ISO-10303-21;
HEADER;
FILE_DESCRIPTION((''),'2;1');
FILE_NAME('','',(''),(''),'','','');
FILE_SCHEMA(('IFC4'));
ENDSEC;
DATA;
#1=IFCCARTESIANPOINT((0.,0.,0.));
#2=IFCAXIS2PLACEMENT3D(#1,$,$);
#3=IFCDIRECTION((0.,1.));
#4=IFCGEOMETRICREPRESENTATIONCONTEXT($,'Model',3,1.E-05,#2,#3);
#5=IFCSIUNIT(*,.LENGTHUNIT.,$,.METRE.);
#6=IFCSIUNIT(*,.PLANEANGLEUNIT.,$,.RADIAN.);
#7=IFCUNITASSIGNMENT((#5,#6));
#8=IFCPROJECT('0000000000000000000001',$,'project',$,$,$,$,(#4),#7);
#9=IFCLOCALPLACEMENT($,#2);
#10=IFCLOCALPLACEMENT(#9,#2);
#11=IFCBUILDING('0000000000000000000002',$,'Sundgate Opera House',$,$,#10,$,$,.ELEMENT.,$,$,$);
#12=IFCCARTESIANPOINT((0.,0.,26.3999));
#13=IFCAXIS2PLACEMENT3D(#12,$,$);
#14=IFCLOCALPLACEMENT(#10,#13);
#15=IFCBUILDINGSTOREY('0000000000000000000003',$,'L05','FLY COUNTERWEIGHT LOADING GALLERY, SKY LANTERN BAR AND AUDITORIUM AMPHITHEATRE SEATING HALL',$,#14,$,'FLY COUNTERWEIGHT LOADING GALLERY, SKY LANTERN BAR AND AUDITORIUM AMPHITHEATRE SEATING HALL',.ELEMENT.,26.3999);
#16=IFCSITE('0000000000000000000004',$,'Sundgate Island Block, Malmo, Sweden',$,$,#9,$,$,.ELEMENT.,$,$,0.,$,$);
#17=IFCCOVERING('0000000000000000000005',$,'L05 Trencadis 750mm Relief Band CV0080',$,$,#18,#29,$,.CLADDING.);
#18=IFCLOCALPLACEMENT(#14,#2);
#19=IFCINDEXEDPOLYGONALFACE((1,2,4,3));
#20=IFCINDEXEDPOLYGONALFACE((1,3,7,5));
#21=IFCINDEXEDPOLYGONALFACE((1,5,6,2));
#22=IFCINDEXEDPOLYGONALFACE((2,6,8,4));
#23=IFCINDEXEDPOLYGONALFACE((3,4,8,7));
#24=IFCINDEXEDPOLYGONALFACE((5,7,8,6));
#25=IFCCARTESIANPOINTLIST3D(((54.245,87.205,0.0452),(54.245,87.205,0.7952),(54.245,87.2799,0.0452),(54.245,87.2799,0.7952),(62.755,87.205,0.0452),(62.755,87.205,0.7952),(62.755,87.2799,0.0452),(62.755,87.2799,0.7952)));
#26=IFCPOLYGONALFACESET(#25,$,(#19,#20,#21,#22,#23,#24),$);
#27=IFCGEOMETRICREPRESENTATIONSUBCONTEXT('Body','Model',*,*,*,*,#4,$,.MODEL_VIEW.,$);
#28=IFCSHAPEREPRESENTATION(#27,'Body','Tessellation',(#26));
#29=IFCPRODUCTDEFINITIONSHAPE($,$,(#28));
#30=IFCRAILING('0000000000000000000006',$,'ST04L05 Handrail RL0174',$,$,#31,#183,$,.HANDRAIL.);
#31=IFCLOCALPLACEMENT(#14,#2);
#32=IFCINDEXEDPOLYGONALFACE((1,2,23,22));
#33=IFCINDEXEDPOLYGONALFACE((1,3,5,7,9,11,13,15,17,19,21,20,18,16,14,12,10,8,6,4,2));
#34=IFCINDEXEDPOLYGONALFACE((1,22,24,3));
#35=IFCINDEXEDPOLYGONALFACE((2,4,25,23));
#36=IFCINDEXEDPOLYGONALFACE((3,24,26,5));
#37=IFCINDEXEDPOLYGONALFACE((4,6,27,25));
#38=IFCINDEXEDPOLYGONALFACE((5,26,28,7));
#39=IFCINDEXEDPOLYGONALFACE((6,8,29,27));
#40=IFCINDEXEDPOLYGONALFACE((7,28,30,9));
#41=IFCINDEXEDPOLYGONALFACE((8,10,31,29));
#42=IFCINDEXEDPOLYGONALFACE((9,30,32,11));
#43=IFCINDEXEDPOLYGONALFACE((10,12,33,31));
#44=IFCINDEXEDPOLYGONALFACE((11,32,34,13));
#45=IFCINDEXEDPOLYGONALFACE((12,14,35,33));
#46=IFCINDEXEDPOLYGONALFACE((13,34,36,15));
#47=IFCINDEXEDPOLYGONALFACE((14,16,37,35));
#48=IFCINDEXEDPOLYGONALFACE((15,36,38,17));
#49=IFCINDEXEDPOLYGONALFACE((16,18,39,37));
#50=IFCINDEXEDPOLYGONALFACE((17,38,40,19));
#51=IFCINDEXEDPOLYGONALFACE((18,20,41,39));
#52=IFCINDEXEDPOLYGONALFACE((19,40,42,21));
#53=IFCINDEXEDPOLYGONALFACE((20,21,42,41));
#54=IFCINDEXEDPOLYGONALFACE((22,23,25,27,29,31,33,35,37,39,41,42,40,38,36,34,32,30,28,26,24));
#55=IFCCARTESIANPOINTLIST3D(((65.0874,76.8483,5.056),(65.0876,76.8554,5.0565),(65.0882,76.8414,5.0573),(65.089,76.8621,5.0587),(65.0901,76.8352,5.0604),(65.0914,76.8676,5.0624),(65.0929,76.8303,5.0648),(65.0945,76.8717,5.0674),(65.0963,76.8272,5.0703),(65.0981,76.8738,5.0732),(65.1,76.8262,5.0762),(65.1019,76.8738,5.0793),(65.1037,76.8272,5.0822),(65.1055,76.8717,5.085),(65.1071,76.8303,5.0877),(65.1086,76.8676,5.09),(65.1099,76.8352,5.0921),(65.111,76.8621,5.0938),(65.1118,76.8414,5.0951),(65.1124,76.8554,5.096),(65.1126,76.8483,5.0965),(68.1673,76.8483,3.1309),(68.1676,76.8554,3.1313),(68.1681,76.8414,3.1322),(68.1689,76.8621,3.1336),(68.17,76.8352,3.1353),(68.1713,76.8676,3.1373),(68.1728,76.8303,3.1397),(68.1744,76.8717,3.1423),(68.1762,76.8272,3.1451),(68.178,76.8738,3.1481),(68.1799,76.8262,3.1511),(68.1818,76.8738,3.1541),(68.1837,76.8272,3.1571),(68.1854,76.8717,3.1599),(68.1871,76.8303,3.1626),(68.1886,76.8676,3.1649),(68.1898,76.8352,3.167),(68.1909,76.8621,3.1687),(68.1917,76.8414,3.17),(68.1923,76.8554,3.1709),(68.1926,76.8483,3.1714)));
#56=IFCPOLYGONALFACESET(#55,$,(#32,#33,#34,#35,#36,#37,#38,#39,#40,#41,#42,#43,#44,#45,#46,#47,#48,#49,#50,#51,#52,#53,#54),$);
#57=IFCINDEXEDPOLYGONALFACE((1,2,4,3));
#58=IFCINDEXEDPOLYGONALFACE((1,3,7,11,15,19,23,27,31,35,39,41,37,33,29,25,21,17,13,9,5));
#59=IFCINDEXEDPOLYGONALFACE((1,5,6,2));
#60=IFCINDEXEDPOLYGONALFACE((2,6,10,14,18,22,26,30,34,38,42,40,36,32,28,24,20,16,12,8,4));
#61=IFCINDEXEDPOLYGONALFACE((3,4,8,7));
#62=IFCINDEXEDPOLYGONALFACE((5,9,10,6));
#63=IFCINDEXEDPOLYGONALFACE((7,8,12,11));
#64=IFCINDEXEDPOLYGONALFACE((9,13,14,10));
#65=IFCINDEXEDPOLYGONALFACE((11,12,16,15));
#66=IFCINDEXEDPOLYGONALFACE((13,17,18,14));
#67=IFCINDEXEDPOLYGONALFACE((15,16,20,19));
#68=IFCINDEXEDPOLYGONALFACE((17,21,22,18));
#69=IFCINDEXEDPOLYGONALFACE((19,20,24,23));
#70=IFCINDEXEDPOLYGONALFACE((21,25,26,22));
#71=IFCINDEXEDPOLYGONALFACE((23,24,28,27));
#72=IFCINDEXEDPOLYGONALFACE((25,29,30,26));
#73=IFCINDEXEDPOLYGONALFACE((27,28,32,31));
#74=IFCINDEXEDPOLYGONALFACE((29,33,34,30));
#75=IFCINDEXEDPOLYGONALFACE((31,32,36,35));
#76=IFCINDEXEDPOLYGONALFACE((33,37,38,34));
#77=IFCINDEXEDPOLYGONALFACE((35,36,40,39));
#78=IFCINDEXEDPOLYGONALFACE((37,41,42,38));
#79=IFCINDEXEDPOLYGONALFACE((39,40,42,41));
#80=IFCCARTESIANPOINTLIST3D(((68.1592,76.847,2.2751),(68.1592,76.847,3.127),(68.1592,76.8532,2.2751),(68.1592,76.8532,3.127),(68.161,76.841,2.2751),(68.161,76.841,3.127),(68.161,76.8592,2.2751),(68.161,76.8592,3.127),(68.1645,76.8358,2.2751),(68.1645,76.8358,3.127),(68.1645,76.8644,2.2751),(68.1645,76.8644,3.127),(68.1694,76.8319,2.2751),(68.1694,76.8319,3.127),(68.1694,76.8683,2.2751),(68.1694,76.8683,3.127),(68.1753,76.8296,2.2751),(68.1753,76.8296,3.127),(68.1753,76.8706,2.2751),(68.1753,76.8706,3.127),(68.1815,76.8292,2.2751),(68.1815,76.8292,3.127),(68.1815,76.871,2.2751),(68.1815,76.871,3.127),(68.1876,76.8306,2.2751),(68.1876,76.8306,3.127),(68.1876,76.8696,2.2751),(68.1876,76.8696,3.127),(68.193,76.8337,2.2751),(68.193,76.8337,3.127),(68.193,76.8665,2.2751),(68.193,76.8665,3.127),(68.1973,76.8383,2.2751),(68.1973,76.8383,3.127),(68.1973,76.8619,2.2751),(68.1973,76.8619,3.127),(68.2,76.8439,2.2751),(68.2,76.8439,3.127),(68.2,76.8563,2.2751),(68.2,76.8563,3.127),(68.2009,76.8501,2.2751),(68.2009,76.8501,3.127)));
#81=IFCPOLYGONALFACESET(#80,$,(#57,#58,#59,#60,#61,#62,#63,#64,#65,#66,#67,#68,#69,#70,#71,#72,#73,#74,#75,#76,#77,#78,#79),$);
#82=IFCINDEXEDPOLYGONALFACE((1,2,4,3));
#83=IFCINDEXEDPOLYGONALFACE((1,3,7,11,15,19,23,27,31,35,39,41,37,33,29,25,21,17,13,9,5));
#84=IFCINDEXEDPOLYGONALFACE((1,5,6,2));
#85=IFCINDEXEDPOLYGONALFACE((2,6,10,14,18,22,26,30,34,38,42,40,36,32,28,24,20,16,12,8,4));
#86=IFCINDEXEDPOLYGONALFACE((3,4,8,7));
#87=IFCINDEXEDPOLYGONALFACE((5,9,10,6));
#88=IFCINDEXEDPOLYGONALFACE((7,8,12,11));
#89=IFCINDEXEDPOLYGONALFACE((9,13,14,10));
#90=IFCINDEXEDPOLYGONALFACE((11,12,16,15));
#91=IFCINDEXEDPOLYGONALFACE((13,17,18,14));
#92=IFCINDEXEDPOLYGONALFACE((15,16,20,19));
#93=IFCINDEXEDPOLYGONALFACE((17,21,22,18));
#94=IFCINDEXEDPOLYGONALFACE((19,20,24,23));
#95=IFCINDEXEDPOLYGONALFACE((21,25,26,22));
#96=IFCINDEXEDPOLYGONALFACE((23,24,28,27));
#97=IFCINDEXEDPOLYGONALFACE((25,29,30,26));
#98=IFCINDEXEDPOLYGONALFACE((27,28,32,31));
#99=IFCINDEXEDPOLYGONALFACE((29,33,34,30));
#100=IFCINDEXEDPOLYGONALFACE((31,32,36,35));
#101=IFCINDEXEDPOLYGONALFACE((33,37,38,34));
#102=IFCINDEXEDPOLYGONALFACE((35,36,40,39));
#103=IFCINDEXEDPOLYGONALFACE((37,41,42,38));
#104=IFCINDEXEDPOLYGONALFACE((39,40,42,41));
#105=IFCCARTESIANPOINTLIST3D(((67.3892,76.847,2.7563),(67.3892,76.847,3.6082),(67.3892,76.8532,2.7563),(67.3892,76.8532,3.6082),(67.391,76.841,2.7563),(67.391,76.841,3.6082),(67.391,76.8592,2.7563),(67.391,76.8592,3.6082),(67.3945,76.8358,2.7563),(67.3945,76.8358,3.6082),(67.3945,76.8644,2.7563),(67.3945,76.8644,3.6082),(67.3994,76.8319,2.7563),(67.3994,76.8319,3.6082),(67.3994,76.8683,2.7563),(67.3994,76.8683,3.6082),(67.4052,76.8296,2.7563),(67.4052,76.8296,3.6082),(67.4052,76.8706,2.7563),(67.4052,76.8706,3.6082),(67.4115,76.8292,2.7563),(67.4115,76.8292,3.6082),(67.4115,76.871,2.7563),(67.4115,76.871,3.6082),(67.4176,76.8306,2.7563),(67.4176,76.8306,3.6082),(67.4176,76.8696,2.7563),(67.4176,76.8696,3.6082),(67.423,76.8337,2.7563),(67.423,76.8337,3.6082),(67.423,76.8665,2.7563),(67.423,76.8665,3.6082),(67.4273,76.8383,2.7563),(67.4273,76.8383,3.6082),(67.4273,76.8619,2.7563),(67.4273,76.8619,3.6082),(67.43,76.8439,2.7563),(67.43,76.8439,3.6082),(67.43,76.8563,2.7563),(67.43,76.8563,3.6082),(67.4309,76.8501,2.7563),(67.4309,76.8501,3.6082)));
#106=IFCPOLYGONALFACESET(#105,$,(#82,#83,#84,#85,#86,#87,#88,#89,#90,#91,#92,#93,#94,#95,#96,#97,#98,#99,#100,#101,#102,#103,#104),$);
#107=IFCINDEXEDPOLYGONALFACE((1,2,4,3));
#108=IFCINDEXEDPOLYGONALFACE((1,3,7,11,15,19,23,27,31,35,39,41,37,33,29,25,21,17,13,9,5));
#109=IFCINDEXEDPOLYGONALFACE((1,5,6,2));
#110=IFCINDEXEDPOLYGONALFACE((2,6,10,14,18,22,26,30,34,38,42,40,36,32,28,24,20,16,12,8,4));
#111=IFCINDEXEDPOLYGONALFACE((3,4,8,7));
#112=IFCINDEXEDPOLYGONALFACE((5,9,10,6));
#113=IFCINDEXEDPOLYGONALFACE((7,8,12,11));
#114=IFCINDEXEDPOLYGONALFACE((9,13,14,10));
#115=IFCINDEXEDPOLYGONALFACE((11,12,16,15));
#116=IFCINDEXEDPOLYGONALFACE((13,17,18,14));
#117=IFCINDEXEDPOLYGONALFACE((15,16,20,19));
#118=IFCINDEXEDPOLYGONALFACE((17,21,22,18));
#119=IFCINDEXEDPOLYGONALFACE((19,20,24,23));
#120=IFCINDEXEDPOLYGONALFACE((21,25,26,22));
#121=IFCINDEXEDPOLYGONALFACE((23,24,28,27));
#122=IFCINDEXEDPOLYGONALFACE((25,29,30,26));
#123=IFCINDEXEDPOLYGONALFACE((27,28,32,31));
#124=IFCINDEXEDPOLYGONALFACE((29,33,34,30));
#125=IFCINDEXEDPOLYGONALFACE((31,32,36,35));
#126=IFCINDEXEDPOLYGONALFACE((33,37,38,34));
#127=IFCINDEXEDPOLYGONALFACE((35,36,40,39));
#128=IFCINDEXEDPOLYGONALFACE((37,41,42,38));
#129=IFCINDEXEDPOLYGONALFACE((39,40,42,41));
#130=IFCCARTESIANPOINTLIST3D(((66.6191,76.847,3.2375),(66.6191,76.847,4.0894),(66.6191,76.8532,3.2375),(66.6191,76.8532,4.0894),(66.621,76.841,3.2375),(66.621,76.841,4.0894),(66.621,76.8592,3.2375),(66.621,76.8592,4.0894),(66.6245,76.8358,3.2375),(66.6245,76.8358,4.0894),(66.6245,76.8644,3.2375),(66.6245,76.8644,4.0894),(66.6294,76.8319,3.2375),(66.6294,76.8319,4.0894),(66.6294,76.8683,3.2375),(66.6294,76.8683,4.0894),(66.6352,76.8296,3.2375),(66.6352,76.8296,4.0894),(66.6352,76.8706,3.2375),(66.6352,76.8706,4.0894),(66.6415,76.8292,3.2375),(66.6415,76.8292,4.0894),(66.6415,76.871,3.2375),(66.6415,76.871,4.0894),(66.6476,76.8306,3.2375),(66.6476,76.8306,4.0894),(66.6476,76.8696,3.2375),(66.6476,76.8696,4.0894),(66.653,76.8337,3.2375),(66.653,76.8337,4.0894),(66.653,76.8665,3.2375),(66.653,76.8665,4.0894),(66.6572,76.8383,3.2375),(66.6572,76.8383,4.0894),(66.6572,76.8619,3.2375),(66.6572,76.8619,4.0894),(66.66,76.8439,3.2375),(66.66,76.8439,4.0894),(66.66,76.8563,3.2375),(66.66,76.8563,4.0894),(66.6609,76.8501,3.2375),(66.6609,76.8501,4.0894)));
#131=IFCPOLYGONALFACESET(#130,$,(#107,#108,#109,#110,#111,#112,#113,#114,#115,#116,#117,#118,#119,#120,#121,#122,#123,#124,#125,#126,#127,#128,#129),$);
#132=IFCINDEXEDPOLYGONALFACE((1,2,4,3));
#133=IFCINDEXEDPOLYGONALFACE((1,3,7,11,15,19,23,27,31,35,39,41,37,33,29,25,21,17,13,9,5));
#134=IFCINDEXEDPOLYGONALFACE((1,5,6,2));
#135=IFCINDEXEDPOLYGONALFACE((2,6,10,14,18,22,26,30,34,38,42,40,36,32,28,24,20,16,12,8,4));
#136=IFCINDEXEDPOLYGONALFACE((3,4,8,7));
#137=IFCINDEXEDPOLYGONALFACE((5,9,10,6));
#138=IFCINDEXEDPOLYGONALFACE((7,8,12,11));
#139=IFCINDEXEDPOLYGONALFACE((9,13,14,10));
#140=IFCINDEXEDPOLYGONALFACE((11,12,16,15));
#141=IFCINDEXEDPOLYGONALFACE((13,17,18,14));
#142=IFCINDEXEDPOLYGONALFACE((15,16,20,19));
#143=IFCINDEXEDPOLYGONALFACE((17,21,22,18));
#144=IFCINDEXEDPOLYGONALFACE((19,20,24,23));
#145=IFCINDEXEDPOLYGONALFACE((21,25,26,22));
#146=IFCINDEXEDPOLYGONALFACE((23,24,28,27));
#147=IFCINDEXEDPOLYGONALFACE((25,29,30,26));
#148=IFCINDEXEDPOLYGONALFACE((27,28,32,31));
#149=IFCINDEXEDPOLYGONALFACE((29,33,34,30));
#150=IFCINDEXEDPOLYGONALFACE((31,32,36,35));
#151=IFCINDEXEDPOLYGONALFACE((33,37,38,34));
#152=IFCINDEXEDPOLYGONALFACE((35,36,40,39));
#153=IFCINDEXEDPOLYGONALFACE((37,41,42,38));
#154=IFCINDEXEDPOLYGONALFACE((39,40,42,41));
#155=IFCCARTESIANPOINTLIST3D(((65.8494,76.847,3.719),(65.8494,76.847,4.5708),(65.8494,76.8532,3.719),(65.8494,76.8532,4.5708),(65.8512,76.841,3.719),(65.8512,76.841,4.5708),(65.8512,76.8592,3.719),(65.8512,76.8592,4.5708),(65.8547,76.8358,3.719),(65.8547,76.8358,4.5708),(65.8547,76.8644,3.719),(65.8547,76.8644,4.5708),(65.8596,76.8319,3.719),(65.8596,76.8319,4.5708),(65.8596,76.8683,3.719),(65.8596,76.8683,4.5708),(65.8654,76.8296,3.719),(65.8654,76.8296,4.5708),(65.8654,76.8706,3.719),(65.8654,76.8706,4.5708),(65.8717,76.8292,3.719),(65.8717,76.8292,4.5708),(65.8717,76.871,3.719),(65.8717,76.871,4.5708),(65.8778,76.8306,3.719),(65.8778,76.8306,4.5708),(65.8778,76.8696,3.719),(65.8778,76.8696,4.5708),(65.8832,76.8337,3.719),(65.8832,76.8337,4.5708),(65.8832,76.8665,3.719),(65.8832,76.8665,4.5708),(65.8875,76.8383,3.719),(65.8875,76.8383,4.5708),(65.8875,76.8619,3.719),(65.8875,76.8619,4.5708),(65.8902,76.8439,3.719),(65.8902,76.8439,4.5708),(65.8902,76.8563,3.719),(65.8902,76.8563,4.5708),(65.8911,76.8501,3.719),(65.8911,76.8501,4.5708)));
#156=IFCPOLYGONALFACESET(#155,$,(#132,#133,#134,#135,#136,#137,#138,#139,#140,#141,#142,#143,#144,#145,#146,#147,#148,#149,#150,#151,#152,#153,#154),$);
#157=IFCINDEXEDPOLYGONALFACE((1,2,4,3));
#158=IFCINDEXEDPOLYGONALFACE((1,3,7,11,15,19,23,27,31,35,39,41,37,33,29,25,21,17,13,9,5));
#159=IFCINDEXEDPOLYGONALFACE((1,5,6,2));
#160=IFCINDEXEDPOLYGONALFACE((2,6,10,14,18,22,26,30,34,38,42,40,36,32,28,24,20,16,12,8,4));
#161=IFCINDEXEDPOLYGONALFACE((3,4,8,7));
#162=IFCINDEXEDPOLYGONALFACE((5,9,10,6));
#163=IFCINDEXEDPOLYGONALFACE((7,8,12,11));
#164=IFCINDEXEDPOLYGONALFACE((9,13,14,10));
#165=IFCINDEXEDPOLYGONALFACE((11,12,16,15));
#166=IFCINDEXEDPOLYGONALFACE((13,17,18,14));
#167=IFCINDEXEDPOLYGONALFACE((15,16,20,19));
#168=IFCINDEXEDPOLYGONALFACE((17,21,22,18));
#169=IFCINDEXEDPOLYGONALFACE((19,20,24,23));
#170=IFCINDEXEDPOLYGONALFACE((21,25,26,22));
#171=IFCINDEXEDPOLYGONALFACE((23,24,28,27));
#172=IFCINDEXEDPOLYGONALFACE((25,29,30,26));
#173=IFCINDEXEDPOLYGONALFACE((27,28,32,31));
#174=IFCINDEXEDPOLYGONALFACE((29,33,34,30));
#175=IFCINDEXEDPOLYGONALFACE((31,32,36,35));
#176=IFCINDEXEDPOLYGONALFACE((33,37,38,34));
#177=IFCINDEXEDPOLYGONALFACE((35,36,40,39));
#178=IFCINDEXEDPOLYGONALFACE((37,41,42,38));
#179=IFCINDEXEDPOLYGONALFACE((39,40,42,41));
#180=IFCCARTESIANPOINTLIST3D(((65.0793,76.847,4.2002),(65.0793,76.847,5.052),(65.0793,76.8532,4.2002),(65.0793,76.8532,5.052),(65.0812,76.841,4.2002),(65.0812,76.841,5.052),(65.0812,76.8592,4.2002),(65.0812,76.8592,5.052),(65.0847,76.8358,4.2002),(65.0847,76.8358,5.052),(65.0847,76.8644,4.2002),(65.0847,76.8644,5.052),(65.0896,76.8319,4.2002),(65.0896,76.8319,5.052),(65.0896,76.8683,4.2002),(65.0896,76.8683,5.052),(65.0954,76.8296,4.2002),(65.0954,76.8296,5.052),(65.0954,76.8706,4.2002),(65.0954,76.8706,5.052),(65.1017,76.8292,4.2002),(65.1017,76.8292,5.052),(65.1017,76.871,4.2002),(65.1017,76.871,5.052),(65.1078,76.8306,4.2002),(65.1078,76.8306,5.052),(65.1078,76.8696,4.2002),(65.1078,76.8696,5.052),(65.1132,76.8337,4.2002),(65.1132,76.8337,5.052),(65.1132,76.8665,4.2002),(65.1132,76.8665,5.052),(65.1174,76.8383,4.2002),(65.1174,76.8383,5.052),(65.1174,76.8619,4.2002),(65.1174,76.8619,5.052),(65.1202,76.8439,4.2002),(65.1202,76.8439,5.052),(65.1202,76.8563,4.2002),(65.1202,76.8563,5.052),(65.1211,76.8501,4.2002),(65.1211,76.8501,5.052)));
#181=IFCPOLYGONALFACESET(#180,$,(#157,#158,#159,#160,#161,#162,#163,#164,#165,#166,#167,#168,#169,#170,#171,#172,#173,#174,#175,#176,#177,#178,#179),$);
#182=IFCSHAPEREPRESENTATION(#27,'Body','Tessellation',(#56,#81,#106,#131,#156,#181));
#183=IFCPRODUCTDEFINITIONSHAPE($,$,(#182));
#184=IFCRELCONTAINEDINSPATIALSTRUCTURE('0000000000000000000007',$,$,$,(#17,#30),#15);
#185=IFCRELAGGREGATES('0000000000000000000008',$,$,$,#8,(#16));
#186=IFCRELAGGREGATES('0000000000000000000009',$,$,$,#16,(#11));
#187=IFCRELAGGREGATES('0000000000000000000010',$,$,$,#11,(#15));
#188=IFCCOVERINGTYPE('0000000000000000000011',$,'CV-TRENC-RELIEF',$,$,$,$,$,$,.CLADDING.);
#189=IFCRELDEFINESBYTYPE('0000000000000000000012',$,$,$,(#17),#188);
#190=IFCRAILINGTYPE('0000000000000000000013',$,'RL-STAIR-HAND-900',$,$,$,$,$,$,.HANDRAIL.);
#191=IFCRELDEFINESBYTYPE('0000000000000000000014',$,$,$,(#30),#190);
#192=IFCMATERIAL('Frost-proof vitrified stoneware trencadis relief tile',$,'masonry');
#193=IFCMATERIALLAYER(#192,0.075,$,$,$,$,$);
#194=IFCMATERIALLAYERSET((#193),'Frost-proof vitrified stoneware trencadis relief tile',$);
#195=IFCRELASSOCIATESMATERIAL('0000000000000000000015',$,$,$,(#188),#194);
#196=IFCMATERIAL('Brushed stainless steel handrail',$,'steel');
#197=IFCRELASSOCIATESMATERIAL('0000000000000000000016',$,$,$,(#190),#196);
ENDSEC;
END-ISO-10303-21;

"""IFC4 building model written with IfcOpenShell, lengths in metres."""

from ifc_helpers import new_model, si_unit, direction, frame, origin, origin_2d, place, context, subcontext, project, spatial, rectangle, circle, extrude, material, layer, layer_set, type_object, element, save


model = new_model("IFC4")

# Units and contexts
model_context = context("Model", 3, precision=1e-05, world=origin(), true_north=direction((0.0, 1.0)))
body_context = subcontext(model_context, "Body", "Model", "MODEL_VIEW")
ifc_project = project(units=[si_unit("LENGTHUNIT", "METRE"), si_unit("PLANEANGLEUNIT", "RADIAN")], contexts=[model_context])

# Site, building, storey
site_placement = place(None, origin())
site = spatial("IfcSite", under=ifc_project, at=site_placement, Name="Sundgate Island Block, Malmo, Sweden", CompositionType="ELEMENT", RefElevation=0.0)
building_placement = place(site_placement, origin())
building = spatial("IfcBuilding", under=site, at=building_placement, Name="Sundgate Opera House", CompositionType="ELEMENT")
storey_placement = place(building_placement, frame((0.0, 0.0, 26.3999)))
storey = spatial("IfcBuildingStorey", under=building, at=storey_placement, Name="L05", Description="FLY COUNTERWEIGHT LOADING GALLERY, SKY LANTERN BAR AND AUDITORIUM AMPHITHEATRE SEATING HALL", LongName="FLY COUNTERWEIGHT LOADING GALLERY, SKY LANTERN BAR AND AUDITORIUM AMPHITHEATRE SEATING HALL", CompositionType="ELEMENT", Elevation=26.3999)

# Covering
ifc_material_1 = material(Name="Frost-proof vitrified stoneware trencadis relief tile", Category="masonry")
ifc_layer_1 = layer(ifc_material_1, 0.075)
ifc_layer_set_1 = layer_set([ifc_layer_1], Name="Frost-proof vitrified stoneware trencadis relief tile")
covering_type_1 = type_object("IfcCoveringType", Name="CV-TRENC-RELIEF", PredefinedType="CLADDING", material=ifc_layer_set_1)
covering_1_placement = place(storey_placement, frame((58.5, 87.2424, 0.0452), z_axis=(0.0, 0.0, 1.0), x_axis=(1.0, 0.0, 0.0)))
element("IfcCovering", 1, at=covering_1_placement, inside=storey, type_object=covering_type_1, Name="L05 Trencadis 750mm Relief Band CV0080", PredefinedType="CLADDING", context=body_context, shape_type="SweptSolid", body=[
    extrude(rectangle(XDim=8.51, YDim=0.075, at=origin_2d()), origin(), (0.0, 0.0, 1.0), 0.75),
])

# Railing
ifc_material_2 = material(Name="Brushed stainless steel handrail", Category="steel")
railing_type_1 = type_object("IfcRailingType", Name="RL-STAIR-HAND-900", PredefinedType="HANDRAIL", material=ifc_material_2)
railing_1_placement = place(storey_placement, frame((68.1799, 76.8501, 2.2751)))
element("IfcRailing", 2, at=railing_1_placement, inside=storey, type_object=railing_type_1, Name="ST04L05 Handrail RL0174", PredefinedType="HANDRAIL", context=body_context, shape_type="SweptSolid", body=[
    extrude(circle(Radius=0.0239, at=origin_2d()), frame((0.0, 0.0, 0.876), z_axis=(-0.847979, 0.0, 0.530029), x_axis=(0.0, -1.0, 0.0)), (0.0, 0.0, 1.0), 3.6321),
    extrude(circle(Radius=0.021, at=origin_2d()), origin(), (0.0, 0.0, 1.0), 0.8518),
    extrude(circle(Radius=0.021, at=origin_2d()), frame((-0.77, 0.0, 0.4812)), (0.0, 0.0, 1.0), 0.8518),
    extrude(circle(Radius=0.021, at=origin_2d()), frame((-1.54, 0.0, 0.9624)), (0.0, 0.0, 1.0), 0.8518),
    extrude(circle(Radius=0.021, at=origin_2d()), frame((-2.3098, 0.0, 1.4438)), (0.0, 0.0, 1.0), 0.8518),
    extrude(circle(Radius=0.021, at=origin_2d()), frame((-3.0798, 0.0, 1.925)), (0.0, 0.0, 1.0), 0.8518),
])

save(model, "model.ifc")
